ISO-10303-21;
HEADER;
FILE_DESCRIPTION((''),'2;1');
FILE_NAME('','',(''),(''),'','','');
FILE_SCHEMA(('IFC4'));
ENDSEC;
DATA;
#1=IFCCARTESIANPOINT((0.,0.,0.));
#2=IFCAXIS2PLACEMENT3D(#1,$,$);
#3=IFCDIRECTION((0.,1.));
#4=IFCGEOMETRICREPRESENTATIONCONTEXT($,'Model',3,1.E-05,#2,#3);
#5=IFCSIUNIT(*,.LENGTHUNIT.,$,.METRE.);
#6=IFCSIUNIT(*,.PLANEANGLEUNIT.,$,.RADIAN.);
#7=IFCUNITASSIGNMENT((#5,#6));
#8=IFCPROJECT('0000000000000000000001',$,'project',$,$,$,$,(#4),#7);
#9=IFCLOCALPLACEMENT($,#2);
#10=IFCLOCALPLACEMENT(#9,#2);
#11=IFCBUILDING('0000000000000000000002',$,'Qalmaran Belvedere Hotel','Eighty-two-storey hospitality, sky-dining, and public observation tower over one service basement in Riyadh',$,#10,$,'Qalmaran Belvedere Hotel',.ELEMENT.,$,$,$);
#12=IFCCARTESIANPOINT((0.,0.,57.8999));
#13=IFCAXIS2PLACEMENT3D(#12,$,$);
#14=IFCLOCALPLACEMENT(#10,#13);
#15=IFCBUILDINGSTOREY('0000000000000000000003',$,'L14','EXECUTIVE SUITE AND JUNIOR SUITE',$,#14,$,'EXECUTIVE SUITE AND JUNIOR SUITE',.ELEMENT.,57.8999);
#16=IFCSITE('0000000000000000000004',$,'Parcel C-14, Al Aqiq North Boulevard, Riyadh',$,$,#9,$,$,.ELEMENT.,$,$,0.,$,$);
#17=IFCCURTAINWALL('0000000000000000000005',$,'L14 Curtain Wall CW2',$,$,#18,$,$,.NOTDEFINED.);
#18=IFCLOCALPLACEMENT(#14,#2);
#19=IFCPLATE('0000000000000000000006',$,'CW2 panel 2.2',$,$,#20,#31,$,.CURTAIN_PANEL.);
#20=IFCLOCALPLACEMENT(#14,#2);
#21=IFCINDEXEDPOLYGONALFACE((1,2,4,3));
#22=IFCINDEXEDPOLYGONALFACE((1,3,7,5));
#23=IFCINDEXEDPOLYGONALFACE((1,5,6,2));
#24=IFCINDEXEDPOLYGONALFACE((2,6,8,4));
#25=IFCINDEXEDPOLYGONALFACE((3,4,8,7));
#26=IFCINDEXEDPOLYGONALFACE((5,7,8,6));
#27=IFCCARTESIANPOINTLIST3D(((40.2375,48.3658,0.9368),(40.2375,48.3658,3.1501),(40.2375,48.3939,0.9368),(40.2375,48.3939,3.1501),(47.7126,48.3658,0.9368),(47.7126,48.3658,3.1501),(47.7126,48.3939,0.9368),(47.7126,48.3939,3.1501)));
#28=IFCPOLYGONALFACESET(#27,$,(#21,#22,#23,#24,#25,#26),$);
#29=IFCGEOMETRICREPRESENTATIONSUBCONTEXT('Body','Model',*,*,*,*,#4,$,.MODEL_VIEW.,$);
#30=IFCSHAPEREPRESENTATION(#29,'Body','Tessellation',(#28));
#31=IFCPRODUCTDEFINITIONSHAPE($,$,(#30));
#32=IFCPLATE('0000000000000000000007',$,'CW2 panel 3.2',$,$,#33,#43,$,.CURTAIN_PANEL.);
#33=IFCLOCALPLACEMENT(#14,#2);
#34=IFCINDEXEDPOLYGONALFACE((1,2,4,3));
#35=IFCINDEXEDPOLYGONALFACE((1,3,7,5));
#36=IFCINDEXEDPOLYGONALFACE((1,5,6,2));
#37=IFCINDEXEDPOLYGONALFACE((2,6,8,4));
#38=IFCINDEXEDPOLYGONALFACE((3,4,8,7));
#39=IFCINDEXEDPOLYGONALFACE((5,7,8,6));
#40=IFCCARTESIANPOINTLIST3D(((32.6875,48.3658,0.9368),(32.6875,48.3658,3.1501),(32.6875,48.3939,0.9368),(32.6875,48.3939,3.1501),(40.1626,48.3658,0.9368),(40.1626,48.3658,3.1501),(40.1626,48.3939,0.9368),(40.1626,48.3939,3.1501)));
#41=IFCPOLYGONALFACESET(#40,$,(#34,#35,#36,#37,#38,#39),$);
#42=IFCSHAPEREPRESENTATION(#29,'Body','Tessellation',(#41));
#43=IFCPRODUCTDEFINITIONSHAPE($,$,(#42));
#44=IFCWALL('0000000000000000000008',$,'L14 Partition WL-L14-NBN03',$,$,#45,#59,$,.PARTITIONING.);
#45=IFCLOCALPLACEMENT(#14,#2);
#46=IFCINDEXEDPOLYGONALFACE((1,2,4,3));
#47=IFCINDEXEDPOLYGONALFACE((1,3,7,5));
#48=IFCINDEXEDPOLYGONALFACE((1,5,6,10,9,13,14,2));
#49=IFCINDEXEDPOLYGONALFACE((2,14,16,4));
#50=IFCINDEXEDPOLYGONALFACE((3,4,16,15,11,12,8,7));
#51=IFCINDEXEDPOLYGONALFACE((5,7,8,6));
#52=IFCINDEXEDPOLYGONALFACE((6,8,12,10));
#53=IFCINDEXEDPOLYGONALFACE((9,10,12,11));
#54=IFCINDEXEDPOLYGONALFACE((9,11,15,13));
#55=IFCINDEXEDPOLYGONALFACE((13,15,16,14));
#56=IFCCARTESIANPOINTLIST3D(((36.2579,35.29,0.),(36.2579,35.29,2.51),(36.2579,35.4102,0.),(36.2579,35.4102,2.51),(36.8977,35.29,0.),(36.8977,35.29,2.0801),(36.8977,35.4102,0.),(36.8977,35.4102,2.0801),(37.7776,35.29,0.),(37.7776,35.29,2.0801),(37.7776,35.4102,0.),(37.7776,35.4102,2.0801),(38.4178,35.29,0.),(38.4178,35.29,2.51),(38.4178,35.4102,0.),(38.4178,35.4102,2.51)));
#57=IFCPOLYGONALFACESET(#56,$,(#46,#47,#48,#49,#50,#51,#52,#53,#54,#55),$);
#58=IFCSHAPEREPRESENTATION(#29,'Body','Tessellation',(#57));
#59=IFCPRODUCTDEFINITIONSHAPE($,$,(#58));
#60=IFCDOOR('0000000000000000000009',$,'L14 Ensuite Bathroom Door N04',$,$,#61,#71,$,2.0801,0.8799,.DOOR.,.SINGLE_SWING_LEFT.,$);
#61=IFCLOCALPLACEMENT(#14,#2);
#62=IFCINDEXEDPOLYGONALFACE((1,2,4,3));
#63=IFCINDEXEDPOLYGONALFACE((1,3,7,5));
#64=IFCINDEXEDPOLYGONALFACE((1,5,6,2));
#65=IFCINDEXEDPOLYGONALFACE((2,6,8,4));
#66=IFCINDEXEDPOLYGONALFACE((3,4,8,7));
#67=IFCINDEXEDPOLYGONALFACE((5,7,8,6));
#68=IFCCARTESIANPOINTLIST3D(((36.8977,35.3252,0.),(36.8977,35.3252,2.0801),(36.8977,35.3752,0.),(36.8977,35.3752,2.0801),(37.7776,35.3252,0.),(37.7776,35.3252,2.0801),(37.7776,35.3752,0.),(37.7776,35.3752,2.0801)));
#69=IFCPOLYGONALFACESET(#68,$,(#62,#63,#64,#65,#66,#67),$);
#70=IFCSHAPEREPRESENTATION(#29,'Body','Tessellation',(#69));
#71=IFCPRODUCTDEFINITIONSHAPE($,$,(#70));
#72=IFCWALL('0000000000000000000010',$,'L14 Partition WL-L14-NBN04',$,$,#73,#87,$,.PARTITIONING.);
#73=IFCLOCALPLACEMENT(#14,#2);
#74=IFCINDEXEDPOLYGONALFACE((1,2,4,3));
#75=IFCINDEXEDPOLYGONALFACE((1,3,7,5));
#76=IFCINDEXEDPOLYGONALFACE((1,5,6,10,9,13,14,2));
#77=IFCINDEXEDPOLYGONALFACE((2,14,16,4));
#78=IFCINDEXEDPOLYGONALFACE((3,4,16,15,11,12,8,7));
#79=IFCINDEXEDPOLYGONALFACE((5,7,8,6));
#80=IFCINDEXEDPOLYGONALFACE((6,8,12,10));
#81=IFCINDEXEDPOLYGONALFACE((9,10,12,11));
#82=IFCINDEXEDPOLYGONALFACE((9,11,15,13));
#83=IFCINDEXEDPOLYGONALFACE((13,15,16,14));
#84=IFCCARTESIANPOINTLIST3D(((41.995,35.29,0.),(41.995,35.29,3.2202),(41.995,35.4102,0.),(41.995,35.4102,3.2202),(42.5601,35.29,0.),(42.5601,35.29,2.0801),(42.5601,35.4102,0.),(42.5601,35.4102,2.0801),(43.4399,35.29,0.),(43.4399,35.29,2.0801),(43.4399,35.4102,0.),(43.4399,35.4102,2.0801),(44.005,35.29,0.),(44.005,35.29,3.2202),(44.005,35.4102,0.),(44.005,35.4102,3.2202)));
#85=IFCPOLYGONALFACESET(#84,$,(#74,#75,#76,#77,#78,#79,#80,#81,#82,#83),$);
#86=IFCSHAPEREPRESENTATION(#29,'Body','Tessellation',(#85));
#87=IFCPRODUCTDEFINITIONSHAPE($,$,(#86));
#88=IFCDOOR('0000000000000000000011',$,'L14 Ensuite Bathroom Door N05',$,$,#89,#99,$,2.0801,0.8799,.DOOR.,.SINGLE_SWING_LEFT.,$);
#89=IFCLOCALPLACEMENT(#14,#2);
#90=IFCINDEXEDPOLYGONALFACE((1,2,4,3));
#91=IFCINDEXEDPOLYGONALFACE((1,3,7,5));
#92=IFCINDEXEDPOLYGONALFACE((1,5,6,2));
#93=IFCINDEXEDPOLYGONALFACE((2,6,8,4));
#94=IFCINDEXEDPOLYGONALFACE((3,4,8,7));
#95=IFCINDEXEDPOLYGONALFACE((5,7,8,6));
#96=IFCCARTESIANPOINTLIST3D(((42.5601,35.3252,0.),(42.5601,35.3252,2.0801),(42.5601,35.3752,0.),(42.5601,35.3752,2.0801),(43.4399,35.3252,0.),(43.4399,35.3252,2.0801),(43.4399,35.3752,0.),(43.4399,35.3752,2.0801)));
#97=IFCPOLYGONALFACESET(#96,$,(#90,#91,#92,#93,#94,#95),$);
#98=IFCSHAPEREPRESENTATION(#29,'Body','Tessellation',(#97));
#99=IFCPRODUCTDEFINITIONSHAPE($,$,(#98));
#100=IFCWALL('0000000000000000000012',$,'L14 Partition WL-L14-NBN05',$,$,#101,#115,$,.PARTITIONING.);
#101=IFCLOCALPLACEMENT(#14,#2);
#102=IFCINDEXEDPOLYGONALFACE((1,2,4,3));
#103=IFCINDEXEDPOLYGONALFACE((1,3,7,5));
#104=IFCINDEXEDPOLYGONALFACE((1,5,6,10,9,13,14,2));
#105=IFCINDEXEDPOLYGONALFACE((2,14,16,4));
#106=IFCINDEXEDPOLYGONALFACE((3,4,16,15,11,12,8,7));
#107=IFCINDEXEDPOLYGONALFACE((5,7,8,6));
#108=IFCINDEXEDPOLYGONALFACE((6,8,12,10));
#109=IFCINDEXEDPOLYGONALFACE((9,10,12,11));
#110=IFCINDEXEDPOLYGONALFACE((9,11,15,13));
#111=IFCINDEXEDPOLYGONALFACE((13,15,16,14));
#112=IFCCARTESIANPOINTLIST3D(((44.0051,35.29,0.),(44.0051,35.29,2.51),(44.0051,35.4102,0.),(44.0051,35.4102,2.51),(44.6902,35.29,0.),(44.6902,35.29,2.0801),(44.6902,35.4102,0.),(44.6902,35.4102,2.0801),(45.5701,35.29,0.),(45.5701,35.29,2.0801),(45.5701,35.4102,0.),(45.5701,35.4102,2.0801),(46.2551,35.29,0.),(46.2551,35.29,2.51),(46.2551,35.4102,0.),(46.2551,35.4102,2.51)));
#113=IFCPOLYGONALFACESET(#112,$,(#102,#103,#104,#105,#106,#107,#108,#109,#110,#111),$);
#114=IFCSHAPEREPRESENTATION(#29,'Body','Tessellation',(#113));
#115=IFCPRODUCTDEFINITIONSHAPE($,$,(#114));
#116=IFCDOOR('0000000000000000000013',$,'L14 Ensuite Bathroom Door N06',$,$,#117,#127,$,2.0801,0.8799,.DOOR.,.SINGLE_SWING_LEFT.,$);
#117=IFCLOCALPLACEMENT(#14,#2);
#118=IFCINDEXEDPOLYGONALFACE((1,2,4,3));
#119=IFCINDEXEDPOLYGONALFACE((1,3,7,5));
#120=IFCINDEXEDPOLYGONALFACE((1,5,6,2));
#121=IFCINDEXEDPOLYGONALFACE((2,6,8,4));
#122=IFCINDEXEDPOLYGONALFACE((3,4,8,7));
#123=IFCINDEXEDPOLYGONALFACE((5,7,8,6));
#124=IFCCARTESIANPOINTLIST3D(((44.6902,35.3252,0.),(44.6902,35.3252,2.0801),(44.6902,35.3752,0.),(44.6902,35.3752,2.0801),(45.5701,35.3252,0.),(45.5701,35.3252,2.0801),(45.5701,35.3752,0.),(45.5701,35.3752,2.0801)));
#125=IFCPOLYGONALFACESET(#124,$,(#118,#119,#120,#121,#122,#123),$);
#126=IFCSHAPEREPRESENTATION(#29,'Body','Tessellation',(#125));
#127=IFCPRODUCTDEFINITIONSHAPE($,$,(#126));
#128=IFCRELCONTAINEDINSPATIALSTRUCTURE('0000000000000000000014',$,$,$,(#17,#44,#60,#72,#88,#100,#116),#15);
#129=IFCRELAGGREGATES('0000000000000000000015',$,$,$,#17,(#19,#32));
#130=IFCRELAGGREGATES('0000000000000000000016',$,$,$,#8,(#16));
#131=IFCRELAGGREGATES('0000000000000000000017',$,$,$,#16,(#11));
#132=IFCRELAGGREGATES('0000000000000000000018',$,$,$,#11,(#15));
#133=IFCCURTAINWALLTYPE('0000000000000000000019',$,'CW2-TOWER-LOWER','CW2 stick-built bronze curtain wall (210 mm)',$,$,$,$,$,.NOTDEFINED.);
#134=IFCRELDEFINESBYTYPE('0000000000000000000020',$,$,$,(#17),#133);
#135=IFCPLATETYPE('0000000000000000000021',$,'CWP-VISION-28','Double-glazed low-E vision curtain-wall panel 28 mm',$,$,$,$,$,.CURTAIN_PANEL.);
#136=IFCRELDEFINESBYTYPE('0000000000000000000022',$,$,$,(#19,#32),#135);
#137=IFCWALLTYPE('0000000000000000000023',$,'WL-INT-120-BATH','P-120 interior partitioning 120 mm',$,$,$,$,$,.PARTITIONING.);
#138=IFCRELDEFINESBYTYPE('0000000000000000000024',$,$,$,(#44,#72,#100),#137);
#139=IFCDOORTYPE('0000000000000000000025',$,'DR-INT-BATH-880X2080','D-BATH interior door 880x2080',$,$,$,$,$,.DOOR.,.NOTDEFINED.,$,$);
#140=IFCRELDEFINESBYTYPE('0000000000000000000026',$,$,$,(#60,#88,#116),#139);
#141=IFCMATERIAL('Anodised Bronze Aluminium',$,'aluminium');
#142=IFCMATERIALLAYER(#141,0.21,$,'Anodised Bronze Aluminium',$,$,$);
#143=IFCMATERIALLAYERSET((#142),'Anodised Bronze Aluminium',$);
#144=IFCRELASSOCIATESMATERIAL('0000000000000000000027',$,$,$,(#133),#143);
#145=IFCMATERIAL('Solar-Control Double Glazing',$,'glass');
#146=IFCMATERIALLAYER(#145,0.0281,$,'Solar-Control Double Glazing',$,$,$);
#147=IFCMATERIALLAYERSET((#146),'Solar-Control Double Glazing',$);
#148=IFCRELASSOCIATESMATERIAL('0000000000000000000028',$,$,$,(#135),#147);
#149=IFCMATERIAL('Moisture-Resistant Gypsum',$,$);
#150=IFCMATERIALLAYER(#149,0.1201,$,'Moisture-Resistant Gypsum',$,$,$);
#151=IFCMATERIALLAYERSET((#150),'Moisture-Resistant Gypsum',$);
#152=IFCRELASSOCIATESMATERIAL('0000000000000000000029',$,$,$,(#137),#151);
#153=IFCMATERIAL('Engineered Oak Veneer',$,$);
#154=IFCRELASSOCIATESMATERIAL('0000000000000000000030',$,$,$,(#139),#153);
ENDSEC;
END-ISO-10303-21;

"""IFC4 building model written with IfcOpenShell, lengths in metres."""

from ifc_helpers import new_model, si_unit, direction, frame, frame_2d, origin, origin_2d, place, context, subcontext, project, spatial, rectangle, extrude, material, layer, layer_set, type_object, element, fill, aggregate, save


model = new_model("IFC4")

# Units and contexts
model_context = context("Model", 3, precision=1e-05, world=origin(), true_north=direction((0.0, 1.0)))
body_context = subcontext(model_context, "Body", "Model", "MODEL_VIEW")
ifc_project = project(units=[si_unit("LENGTHUNIT", "METRE"), si_unit("PLANEANGLEUNIT", "RADIAN")], contexts=[model_context])

# Site, building, storey
site_placement = place(None, origin())
site = spatial("IfcSite", under=ifc_project, at=site_placement, Name="Parcel C-14, Al Aqiq North Boulevard, Riyadh", CompositionType="ELEMENT", RefElevation=0.0)
building_placement = place(site_placement, origin())
building = spatial("IfcBuilding", under=site, at=building_placement, Name="Qalmaran Belvedere Hotel", Description="Eighty-two-storey hospitality, sky-dining, and public observation tower over one service basement in Riyadh", LongName="Qalmaran Belvedere Hotel", CompositionType="ELEMENT")
storey_placement = place(building_placement, frame((0.0, 0.0, 57.8999)))
storey = spatial("IfcBuildingStorey", under=building, at=storey_placement, Name="L14", Description="EXECUTIVE SUITE AND JUNIOR SUITE", LongName="EXECUTIVE SUITE AND JUNIOR SUITE", CompositionType="ELEMENT", Elevation=57.8999)

# Curtain wall, plates
ifc_material_1 = material(Name="Anodised Bronze Aluminium", Category="aluminium")
ifc_layer_1 = layer(ifc_material_1, 0.21, Name="Anodised Bronze Aluminium")
ifc_layer_set_1 = layer_set([ifc_layer_1], Name="Anodised Bronze Aluminium")
curtain_wall_type = type_object("IfcCurtainWallType", Name="CW2-TOWER-LOWER", Description="CW2 stick-built bronze curtain wall (210 mm)", PredefinedType="NOTDEFINED", material=ifc_layer_set_1)
curtain_wall_placement = place(storey_placement, origin())
curtain_wall = element("IfcCurtainWall", 1, at=curtain_wall_placement, inside=storey, type_object=curtain_wall_type, Name="L14 Curtain Wall CW2", PredefinedType="NOTDEFINED")
ifc_material_2 = material(Name="Solar-Control Double Glazing", Category="glass")
ifc_layer_2 = layer(ifc_material_2, 0.0281, Name="Solar-Control Double Glazing")
ifc_layer_set_2 = layer_set([ifc_layer_2], Name="Solar-Control Double Glazing")
plate_type_1 = type_object("IfcPlateType", Name="CWP-VISION-28", Description="Double-glazed low-E vision curtain-wall panel 28 mm", PredefinedType="CURTAIN_PANEL", material=ifc_layer_set_2)
plate_1_placement = place(storey_placement, frame((43.9751, 48.3799, 0.9368), z_axis=(0.0, 0.0, 1.0), x_axis=(-1.0, 0.0, 0.0)))
plate_1 = element("IfcPlate", 2, at=plate_1_placement, type_object=plate_type_1, Name="CW2 panel 2.2", PredefinedType="CURTAIN_PANEL", context=body_context, shape_type="SweptSolid", body=[
    extrude(rectangle(XDim=7.4751, YDim=0.0281, at=origin_2d()), origin(), (0.0, 0.0, 1.0), 2.2134),
])
plate_2_placement = place(storey_placement, frame((36.425, 48.3799, 0.9368), z_axis=(0.0, 0.0, 1.0), x_axis=(-1.0, 0.0, 0.0)))
plate_2 = element("IfcPlate", 3, at=plate_2_placement, type_object=plate_type_1, Name="CW2 panel 3.2", PredefinedType="CURTAIN_PANEL", context=body_context, shape_type="SweptSolid", body=[
    extrude(rectangle(XDim=7.4751, YDim=0.0281, at=origin_2d()), origin(), (0.0, 0.0, 1.0), 2.2134),
])
aggregate(curtain_wall, [plate_1, plate_2])

# Walls, openings, doors
ifc_material_3 = material(Name="Moisture-Resistant Gypsum")
ifc_layer_3 = layer(ifc_material_3, 0.1201, Name="Moisture-Resistant Gypsum")
ifc_layer_set_3 = layer_set([ifc_layer_3], Name="Moisture-Resistant Gypsum")
wall_type = type_object("IfcWallType", Name="WL-INT-120-BATH", Description="P-120 interior partitioning 120 mm", PredefinedType="PARTITIONING", material=ifc_layer_set_3)
wall_1_placement = place(storey_placement, frame((36.2578, 35.3501, 0.0), z_axis=(0.0, 0.0, 1.0), x_axis=(1.0, 0.0, 0.0)))
wall_1 = element("IfcWall", 4, at=wall_1_placement, inside=storey, type_object=wall_type, Name="L14 Partition WL-L14-NBN03", PredefinedType="PARTITIONING", context=body_context, shape_type="SweptSolid", body=[
    extrude(rectangle(XDim=2.1599, YDim=0.1201, at=frame_2d((1.0801, 0.0))), origin(), (0.0, 0.0, 1.0), 2.51),
])
opening_1_placement = place(wall_1_placement, frame((1.5198, 0.0, 0.0), z_axis=(0.0, 0.0, 1.0), x_axis=(-1.0, 0.0, 0.0)))
opening_1 = element("IfcOpeningElement", 5, at=opening_1_placement, cuts=wall_1, PredefinedType="OPENING", context=body_context, shape_type="SweptSolid", body=[
    extrude(rectangle(XDim=0.8799, YDim=2.0801, at=frame_2d((0.4399, 1.04))), frame((0.0, 0.0701, 0.0), z_axis=(0.0, -1.0, 0.0), x_axis=(1.0, 0.0, 0.0)), (0.0, 0.0, 1.0), 0.1401),
])
ifc_material_4 = material(Name="Engineered Oak Veneer")
door_type = type_object("IfcDoorType", Name="DR-INT-BATH-880X2080", Description="D-BATH interior door 880x2080", OperationType="NOTDEFINED", PredefinedType="DOOR", material=ifc_material_4)
door_1_placement = place(opening_1_placement, origin())
door_1 = element("IfcDoor", 6, at=door_1_placement, inside=storey, type_object=door_type, Name="L14 Ensuite Bathroom Door N04", OperationType="SINGLE_SWING_LEFT", OverallHeight=2.0801, OverallWidth=0.8799, PredefinedType="DOOR", context=body_context, shape_type="SweptSolid", body=[
    extrude(rectangle(XDim=0.8799, YDim=2.0801, at=frame_2d((0.4399, 1.04))), frame((0.0, 0.0249, 0.0), z_axis=(0.0, -1.0, 0.0), x_axis=(1.0, 0.0, 0.0)), (0.0, 0.0, 1.0), 0.05),
])
fill(opening_1, door_1)
wall_2_placement = place(storey_placement, frame((41.9951, 35.3501, 0.0), z_axis=(0.0, 0.0, 1.0), x_axis=(1.0, 0.0, 0.0)))
wall_2 = element("IfcWall", 7, at=wall_2_placement, inside=storey, type_object=wall_type, Name="L14 Partition WL-L14-NBN04", PredefinedType="PARTITIONING", context=body_context, shape_type="SweptSolid", body=[
    extrude(rectangle(XDim=2.01, YDim=0.1201, at=frame_2d((1.0049, 0.0))), origin(), (0.0, 0.0, 1.0), 3.2202),
])
opening_2_placement = place(wall_2_placement, frame((1.4448, 0.0, 0.0), z_axis=(0.0, 0.0, 1.0), x_axis=(-1.0, 0.0, 0.0)))
opening_2 = element("IfcOpeningElement", 8, at=opening_2_placement, cuts=wall_2, PredefinedType="OPENING", context=body_context, shape_type="SweptSolid", body=[
    extrude(rectangle(XDim=0.8799, YDim=2.0801, at=frame_2d((0.4399, 1.04))), frame((0.0, 0.0701, 0.0), z_axis=(0.0, -1.0, 0.0), x_axis=(1.0, 0.0, 0.0)), (0.0, 0.0, 1.0), 0.1401),
])
door_2_placement = place(opening_2_placement, origin())
door_2 = element("IfcDoor", 9, at=door_2_placement, inside=storey, type_object=door_type, Name="L14 Ensuite Bathroom Door N05", OperationType="SINGLE_SWING_LEFT", OverallHeight=2.0801, OverallWidth=0.8799, PredefinedType="DOOR", context=body_context, shape_type="SweptSolid", body=[
    extrude(rectangle(XDim=0.8799, YDim=2.0801, at=frame_2d((0.4399, 1.04))), frame((0.0, 0.0249, 0.0), z_axis=(0.0, -1.0, 0.0), x_axis=(1.0, 0.0, 0.0)), (0.0, 0.0, 1.0), 0.05),
])
fill(opening_2, door_2)
wall_3_placement = place(storey_placement, frame((44.0051, 35.3501, 0.0), z_axis=(0.0, 0.0, 1.0), x_axis=(1.0, 0.0, 0.0)))
wall_3 = element("IfcWall", 10, at=wall_3_placement, inside=storey, type_object=wall_type, Name="L14 Partition WL-L14-NBN05", PredefinedType="PARTITIONING", context=body_context, shape_type="SweptSolid", body=[
    extrude(rectangle(XDim=2.25, YDim=0.1201, at=frame_2d((1.125, 0.0))), origin(), (0.0, 0.0, 1.0), 2.51),
])
opening_3_placement = place(wall_3_placement, frame((1.5649, 0.0, 0.0), z_axis=(0.0, 0.0, 1.0), x_axis=(-1.0, 0.0, 0.0)))
opening_3 = element("IfcOpeningElement", 11, at=opening_3_placement, cuts=wall_3, PredefinedType="OPENING", context=body_context, shape_type="SweptSolid", body=[
    extrude(rectangle(XDim=0.8799, YDim=2.0801, at=frame_2d((0.4399, 1.04))), frame((0.0, 0.0701, 0.0), z_axis=(0.0, -1.0, 0.0), x_axis=(1.0, 0.0, 0.0)), (0.0, 0.0, 1.0), 0.1401),
])
door_3_placement = place(opening_3_placement, origin())
door_3 = element("IfcDoor", 12, at=door_3_placement, inside=storey, type_object=door_type, Name="L14 Ensuite Bathroom Door N06", OperationType="SINGLE_SWING_LEFT", OverallHeight=2.0801, OverallWidth=0.8799, PredefinedType="DOOR", context=body_context, shape_type="SweptSolid", body=[
    extrude(rectangle(XDim=0.8799, YDim=2.0801, at=frame_2d((0.4399, 1.04))), frame((0.0, 0.0249, 0.0), z_axis=(0.0, -1.0, 0.0), x_axis=(1.0, 0.0, 0.0)), (0.0, 0.0, 1.0), 0.05),
])
fill(opening_3, door_3)

save(model, "model.ifc")
